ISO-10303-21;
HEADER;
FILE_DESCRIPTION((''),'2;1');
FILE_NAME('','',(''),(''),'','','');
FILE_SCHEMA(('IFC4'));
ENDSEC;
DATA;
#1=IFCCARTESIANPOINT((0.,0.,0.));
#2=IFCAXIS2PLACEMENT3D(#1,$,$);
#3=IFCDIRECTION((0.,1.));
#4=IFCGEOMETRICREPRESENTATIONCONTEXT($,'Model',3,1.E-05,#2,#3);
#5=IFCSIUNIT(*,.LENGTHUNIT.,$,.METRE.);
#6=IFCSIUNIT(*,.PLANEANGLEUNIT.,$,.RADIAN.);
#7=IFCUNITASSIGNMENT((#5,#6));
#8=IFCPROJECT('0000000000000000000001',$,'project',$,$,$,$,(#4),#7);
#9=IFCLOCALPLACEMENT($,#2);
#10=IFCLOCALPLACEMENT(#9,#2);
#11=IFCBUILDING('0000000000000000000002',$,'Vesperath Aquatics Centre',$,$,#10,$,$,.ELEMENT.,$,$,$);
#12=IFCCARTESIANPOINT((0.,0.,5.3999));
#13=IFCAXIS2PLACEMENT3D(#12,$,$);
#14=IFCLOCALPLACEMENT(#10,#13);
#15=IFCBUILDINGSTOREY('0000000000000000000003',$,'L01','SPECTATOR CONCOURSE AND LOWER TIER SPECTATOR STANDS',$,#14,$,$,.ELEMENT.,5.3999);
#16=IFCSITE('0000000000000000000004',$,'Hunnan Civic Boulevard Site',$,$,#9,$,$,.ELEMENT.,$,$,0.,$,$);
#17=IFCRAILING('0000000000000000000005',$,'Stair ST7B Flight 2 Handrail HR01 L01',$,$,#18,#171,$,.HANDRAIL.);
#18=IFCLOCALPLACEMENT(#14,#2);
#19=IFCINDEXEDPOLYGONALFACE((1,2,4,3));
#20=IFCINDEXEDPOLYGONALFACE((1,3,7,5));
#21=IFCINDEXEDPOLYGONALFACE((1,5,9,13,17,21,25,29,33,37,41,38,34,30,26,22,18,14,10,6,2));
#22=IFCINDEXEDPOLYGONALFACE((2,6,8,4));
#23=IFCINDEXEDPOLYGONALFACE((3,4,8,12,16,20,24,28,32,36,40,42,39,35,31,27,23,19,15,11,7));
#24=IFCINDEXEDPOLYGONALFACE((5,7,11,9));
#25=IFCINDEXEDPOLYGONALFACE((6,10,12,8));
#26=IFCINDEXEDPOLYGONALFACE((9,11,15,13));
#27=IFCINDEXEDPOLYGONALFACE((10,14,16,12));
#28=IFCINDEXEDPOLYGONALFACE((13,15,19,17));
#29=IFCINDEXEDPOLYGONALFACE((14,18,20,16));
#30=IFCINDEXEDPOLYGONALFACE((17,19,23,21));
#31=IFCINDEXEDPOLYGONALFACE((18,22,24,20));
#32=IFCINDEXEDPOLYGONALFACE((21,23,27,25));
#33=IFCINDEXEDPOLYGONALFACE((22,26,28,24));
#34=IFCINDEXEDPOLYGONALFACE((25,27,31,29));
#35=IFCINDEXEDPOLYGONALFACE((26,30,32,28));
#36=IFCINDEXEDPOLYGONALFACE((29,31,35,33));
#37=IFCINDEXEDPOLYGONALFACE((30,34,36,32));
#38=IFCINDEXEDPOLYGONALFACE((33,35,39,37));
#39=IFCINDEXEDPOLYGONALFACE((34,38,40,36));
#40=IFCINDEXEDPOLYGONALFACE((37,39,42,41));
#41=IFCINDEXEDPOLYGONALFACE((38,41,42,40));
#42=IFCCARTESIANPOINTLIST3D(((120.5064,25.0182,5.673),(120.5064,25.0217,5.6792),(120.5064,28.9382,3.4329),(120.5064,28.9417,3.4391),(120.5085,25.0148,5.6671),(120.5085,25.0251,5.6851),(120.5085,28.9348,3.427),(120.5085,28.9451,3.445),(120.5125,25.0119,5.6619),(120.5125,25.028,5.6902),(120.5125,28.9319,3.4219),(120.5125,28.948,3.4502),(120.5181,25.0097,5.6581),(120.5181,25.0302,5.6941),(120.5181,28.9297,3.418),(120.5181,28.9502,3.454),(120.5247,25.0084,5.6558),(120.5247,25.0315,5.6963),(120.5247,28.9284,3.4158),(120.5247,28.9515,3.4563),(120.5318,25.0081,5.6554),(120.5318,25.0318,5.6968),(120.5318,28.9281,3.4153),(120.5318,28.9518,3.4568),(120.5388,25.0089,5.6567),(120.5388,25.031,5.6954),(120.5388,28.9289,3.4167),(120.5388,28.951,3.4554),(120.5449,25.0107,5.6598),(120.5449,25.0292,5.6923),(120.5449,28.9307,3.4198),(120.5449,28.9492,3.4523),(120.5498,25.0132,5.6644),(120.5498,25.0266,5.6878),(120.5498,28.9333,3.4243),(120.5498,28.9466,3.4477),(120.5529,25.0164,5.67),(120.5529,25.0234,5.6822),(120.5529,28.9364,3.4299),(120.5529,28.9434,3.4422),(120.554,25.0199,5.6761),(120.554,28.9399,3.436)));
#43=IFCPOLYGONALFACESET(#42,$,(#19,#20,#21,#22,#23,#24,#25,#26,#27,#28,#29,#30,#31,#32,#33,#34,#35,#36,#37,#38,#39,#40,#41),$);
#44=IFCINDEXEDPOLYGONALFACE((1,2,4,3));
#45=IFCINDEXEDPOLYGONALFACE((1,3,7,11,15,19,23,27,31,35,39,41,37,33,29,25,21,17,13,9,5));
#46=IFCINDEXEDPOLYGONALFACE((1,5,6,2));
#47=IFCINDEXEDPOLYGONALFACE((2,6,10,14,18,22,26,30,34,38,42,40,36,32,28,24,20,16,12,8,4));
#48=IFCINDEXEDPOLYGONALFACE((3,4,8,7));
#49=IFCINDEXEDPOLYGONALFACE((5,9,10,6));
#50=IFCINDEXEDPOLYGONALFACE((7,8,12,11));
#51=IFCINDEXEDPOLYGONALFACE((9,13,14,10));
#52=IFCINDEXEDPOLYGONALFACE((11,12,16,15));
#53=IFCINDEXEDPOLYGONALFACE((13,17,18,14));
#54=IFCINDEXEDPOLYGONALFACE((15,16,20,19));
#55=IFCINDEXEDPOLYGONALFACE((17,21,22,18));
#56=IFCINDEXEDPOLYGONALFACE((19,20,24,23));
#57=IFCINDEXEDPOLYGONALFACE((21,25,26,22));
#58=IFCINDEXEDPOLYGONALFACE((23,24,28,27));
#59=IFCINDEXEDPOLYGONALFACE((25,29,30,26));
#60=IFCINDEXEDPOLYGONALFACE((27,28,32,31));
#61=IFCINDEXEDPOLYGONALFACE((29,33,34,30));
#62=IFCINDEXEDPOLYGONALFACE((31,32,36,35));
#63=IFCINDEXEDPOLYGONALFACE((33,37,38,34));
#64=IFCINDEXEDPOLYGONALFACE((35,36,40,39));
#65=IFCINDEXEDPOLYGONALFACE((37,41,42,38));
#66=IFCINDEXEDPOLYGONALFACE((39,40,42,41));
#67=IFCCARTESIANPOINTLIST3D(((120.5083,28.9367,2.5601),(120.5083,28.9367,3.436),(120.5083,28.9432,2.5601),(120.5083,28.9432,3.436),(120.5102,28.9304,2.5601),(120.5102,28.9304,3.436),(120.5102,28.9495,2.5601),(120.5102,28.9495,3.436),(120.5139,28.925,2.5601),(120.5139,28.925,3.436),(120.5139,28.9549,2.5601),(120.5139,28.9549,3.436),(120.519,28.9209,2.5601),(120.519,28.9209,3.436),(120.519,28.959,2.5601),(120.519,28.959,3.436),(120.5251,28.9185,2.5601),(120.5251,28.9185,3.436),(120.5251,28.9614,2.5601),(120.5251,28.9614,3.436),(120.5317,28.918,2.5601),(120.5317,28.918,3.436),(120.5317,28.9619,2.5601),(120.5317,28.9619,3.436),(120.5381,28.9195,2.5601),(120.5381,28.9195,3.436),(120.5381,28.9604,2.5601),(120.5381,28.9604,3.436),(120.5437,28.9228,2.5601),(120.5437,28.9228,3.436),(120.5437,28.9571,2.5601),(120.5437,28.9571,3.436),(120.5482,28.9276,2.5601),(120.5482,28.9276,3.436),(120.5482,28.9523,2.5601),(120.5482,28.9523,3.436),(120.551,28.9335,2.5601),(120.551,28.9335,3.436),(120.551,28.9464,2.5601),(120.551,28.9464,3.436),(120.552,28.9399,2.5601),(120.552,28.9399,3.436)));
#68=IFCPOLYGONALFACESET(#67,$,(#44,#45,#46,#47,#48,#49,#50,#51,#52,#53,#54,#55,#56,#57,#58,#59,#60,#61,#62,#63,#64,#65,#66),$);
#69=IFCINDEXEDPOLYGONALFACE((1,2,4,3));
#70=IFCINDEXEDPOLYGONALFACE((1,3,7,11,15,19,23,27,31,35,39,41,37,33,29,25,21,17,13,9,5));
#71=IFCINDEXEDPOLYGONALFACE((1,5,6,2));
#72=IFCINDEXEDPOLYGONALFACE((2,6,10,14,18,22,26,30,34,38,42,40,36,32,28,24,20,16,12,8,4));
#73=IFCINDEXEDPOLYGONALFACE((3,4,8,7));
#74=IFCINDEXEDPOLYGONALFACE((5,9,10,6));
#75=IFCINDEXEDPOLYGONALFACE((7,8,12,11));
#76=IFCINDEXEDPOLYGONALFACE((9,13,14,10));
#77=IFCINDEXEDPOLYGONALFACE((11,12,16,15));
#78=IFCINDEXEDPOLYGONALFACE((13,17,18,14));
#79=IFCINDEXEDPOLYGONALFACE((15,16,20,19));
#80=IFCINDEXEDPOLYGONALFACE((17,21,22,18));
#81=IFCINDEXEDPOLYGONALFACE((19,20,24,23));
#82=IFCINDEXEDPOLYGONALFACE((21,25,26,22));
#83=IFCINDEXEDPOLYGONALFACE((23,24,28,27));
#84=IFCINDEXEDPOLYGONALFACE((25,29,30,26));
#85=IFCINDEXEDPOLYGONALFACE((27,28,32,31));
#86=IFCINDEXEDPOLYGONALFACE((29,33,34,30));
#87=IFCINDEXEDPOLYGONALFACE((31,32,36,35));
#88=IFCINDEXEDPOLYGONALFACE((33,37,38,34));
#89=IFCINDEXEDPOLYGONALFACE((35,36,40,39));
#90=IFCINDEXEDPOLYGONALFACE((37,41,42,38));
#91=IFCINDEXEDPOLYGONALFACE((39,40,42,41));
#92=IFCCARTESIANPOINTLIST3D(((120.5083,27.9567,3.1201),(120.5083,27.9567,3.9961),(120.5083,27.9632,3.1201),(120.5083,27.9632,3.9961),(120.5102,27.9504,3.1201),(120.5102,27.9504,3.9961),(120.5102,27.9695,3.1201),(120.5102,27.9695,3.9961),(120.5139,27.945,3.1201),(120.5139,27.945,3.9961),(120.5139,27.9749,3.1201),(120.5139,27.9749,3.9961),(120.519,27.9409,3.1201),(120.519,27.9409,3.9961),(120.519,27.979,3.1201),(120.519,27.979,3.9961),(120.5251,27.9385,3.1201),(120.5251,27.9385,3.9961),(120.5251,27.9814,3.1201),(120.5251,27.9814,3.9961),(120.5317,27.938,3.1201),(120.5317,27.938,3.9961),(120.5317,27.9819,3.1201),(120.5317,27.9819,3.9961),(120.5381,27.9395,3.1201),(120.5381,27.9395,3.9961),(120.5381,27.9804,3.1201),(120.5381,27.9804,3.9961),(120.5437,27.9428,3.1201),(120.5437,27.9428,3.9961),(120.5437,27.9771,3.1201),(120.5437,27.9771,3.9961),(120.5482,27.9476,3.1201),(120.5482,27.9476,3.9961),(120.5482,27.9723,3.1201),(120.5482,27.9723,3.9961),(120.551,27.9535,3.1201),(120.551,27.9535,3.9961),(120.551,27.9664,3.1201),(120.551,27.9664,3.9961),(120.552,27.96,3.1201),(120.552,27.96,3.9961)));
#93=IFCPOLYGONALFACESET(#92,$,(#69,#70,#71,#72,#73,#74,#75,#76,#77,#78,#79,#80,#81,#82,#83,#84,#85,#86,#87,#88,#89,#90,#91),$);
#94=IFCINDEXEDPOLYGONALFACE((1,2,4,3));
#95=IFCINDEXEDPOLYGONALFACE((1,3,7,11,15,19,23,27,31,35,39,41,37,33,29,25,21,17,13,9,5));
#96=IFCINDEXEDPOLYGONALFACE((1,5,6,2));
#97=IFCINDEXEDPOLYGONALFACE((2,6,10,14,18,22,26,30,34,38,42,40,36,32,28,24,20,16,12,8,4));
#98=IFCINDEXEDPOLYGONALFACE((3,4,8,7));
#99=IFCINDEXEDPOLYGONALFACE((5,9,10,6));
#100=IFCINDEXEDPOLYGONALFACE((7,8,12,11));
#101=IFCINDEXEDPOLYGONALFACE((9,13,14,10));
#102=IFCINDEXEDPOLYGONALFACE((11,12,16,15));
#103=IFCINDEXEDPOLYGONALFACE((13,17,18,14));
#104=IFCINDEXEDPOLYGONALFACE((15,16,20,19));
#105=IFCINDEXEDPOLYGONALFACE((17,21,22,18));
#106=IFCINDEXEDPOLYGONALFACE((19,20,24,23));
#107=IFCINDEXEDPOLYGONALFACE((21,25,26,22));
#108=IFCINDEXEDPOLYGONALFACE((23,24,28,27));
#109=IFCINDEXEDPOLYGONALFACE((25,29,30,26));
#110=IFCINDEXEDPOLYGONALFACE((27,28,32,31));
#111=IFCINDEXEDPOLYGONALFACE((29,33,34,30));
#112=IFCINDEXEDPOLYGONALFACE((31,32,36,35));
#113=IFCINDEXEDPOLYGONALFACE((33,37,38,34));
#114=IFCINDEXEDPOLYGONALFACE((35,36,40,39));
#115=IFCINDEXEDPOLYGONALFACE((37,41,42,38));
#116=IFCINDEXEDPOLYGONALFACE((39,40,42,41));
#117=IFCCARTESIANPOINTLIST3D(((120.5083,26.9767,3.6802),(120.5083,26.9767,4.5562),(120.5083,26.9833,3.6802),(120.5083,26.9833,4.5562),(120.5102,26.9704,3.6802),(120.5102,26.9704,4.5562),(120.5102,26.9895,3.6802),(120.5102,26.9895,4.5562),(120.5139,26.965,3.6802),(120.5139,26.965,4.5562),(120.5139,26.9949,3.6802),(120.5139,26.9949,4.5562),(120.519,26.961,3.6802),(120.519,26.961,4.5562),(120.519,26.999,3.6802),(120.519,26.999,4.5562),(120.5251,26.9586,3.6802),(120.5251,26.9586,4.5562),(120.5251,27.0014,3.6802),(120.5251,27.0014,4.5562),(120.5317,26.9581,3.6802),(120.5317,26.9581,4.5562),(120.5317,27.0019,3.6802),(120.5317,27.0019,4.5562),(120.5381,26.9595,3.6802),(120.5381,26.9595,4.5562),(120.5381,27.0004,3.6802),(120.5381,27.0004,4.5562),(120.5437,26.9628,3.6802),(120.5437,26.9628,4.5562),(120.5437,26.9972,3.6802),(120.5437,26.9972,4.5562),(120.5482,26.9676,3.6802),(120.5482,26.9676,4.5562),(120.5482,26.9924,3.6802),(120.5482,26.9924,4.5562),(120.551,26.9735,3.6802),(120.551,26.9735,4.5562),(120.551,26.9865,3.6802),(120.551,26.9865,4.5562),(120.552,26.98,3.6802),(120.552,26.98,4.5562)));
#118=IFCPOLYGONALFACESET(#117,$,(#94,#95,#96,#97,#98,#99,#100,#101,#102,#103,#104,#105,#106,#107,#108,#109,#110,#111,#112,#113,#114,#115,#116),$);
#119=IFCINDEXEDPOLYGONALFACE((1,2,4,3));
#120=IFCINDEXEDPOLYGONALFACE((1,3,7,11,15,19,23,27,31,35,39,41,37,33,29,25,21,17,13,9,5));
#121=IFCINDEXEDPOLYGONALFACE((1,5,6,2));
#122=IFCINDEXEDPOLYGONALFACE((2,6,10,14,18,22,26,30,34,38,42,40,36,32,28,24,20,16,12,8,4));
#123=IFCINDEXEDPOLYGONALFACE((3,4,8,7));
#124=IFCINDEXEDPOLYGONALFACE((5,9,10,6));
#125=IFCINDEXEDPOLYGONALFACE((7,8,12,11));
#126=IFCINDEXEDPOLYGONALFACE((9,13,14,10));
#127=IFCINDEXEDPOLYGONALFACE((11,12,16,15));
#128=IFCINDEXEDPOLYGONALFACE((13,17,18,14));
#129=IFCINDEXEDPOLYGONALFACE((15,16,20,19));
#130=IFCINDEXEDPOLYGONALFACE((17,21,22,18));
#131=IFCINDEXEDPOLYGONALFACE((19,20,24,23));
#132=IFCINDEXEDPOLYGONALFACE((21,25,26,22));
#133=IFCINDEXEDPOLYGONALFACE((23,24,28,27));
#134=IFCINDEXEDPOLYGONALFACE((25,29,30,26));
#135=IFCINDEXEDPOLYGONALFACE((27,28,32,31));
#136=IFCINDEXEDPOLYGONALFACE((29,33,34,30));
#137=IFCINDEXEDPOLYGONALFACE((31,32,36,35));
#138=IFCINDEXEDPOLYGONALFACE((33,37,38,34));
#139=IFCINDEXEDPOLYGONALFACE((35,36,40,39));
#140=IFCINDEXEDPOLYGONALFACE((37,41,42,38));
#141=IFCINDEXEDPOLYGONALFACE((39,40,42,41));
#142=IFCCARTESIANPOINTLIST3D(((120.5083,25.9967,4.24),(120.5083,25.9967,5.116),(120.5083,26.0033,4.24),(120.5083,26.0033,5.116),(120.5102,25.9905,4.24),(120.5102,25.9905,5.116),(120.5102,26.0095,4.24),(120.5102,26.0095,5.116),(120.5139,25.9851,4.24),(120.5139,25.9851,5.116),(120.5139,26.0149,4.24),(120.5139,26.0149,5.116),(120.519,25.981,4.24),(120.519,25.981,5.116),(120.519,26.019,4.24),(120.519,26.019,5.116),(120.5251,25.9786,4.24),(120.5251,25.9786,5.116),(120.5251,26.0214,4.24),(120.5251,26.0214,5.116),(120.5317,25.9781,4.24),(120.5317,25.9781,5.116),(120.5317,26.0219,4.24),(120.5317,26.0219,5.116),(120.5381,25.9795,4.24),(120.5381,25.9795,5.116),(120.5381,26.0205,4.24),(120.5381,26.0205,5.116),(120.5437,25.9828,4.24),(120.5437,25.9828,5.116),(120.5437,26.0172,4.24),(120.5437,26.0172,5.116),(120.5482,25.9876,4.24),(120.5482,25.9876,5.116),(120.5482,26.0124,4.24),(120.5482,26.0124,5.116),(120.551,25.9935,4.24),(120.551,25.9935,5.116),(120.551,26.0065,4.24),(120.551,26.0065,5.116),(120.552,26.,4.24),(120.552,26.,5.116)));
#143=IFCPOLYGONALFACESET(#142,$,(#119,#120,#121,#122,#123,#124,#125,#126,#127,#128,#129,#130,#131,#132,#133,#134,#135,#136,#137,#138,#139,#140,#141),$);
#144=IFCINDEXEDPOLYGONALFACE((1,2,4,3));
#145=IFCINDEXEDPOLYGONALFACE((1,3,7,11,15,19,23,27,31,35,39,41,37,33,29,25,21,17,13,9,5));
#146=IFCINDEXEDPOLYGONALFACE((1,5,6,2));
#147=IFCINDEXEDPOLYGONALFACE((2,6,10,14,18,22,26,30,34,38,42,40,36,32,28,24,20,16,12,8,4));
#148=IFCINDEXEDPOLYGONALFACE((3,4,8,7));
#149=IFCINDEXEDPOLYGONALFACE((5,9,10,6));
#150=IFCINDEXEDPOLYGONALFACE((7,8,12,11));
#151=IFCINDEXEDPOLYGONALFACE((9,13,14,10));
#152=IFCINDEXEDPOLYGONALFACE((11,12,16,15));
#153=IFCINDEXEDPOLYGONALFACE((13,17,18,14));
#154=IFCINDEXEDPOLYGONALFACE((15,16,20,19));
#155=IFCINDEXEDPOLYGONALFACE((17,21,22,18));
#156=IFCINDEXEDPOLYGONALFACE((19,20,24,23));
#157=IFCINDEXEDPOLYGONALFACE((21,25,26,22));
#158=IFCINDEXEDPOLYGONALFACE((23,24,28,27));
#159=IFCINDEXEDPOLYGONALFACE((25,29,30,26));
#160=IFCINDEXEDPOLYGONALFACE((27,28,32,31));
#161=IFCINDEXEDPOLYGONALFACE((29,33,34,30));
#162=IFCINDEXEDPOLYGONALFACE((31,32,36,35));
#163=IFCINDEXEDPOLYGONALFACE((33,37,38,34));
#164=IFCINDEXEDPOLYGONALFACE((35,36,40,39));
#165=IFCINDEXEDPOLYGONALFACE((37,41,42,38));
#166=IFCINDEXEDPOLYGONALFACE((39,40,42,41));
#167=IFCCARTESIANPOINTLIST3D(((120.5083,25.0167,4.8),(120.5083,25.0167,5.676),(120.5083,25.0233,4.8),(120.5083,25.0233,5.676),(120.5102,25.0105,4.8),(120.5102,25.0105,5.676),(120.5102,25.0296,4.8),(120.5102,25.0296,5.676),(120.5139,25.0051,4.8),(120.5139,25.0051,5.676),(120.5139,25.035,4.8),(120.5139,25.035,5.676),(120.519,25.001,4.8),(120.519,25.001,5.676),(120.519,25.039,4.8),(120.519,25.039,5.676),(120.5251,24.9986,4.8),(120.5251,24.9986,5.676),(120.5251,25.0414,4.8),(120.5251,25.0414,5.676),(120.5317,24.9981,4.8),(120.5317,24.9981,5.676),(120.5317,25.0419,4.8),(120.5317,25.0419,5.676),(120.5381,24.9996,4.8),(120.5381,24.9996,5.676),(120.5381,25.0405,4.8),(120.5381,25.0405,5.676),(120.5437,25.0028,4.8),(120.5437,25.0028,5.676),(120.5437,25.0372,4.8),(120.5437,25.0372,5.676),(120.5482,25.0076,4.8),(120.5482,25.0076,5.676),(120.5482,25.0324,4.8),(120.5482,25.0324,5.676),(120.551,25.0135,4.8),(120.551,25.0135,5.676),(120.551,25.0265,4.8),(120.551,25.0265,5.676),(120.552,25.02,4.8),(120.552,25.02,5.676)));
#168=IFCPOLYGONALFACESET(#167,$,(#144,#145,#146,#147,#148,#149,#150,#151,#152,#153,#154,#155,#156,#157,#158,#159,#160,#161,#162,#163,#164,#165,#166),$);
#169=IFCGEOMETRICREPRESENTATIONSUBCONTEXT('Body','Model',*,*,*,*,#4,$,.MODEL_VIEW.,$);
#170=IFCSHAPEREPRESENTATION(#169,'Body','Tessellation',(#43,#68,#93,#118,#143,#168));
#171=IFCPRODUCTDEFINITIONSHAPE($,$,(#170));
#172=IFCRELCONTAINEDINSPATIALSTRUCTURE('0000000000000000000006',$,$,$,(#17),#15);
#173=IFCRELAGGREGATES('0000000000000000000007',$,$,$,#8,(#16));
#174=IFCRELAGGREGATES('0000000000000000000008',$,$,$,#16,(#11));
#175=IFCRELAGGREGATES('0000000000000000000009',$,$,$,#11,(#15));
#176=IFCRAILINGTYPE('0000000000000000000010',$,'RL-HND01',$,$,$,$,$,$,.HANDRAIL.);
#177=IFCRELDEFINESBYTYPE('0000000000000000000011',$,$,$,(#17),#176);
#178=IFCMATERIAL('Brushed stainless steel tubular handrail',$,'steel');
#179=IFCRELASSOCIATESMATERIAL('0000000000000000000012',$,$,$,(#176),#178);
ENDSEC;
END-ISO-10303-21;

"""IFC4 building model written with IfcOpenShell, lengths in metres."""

from ifc_helpers import new_model, si_unit, direction, frame, origin, origin_2d, place, context, subcontext, project, spatial, circle, extrude, material, type_object, element, save


model = new_model("IFC4")

# Units and contexts
model_context = context("Model", 3, precision=1e-05, world=origin(), true_north=direction((0.0, 1.0)))
body_context = subcontext(model_context, "Body", "Model", "MODEL_VIEW")
ifc_project = project(units=[si_unit("LENGTHUNIT", "METRE"), si_unit("PLANEANGLEUNIT", "RADIAN")], contexts=[model_context])

# Site, building, storey
site_placement = place(None, origin())
site = spatial("IfcSite", under=ifc_project, at=site_placement, Name="Hunnan Civic Boulevard Site", CompositionType="ELEMENT", RefElevation=0.0)
building_placement = place(site_placement, origin())
building = spatial("IfcBuilding", under=site, at=building_placement, Name="Vesperath Aquatics Centre", CompositionType="ELEMENT")
storey_placement = place(building_placement, frame((0.0, 0.0, 5.3999)))
storey = spatial("IfcBuildingStorey", under=building, at=storey_placement, Name="L01", Description="SPECTATOR CONCOURSE AND LOWER TIER SPECTATOR STANDS", CompositionType="ELEMENT", Elevation=5.3999)

# Railing
ifc_material_1 = material(Name="Brushed stainless steel tubular handrail", Category="steel")
railing_type_1 = type_object("IfcRailingType", Name="RL-HND01", PredefinedType="HANDRAIL", material=ifc_material_1)
railing_1_placement = place(storey_placement, frame((120.53, 28.9399, 2.5601)))
element("IfcRailing", 1, at=railing_1_placement, inside=storey, type_object=railing_type_1, Name="Stair ST7B Flight 2 Handrail HR01 L01", PredefinedType="HANDRAIL", context=body_context, shape_type="SweptSolid", body=[
    extrude(circle(Radius=0.0239, at=origin_2d()), frame((0.0, 0.0, 0.876), z_axis=(0.0, -0.86824, 0.496145), x_axis=(1.0, 0.0, 0.0)), (0.0, 0.0, 1.0), 4.5149),
    extrude(circle(Radius=0.022, at=origin_2d()), origin(), (0.0, 0.0, 1.0), 0.876),
    extrude(circle(Radius=0.022, at=origin_2d()), frame((0.0, -0.98, 0.5601)), (0.0, 0.0, 1.0), 0.876),
    extrude(circle(Radius=0.022, at=origin_2d()), frame((0.0, -1.96, 1.1201)), (0.0, 0.0, 1.0), 0.876),
    extrude(circle(Radius=0.022, at=origin_2d()), frame((0.0, -2.9399, 1.6799)), (0.0, 0.0, 1.0), 0.876),
    extrude(circle(Radius=0.022, at=origin_2d()), frame((0.0, -3.9199, 2.24)), (0.0, 0.0, 1.0), 0.876),
])

save(model, "model.ifc")
